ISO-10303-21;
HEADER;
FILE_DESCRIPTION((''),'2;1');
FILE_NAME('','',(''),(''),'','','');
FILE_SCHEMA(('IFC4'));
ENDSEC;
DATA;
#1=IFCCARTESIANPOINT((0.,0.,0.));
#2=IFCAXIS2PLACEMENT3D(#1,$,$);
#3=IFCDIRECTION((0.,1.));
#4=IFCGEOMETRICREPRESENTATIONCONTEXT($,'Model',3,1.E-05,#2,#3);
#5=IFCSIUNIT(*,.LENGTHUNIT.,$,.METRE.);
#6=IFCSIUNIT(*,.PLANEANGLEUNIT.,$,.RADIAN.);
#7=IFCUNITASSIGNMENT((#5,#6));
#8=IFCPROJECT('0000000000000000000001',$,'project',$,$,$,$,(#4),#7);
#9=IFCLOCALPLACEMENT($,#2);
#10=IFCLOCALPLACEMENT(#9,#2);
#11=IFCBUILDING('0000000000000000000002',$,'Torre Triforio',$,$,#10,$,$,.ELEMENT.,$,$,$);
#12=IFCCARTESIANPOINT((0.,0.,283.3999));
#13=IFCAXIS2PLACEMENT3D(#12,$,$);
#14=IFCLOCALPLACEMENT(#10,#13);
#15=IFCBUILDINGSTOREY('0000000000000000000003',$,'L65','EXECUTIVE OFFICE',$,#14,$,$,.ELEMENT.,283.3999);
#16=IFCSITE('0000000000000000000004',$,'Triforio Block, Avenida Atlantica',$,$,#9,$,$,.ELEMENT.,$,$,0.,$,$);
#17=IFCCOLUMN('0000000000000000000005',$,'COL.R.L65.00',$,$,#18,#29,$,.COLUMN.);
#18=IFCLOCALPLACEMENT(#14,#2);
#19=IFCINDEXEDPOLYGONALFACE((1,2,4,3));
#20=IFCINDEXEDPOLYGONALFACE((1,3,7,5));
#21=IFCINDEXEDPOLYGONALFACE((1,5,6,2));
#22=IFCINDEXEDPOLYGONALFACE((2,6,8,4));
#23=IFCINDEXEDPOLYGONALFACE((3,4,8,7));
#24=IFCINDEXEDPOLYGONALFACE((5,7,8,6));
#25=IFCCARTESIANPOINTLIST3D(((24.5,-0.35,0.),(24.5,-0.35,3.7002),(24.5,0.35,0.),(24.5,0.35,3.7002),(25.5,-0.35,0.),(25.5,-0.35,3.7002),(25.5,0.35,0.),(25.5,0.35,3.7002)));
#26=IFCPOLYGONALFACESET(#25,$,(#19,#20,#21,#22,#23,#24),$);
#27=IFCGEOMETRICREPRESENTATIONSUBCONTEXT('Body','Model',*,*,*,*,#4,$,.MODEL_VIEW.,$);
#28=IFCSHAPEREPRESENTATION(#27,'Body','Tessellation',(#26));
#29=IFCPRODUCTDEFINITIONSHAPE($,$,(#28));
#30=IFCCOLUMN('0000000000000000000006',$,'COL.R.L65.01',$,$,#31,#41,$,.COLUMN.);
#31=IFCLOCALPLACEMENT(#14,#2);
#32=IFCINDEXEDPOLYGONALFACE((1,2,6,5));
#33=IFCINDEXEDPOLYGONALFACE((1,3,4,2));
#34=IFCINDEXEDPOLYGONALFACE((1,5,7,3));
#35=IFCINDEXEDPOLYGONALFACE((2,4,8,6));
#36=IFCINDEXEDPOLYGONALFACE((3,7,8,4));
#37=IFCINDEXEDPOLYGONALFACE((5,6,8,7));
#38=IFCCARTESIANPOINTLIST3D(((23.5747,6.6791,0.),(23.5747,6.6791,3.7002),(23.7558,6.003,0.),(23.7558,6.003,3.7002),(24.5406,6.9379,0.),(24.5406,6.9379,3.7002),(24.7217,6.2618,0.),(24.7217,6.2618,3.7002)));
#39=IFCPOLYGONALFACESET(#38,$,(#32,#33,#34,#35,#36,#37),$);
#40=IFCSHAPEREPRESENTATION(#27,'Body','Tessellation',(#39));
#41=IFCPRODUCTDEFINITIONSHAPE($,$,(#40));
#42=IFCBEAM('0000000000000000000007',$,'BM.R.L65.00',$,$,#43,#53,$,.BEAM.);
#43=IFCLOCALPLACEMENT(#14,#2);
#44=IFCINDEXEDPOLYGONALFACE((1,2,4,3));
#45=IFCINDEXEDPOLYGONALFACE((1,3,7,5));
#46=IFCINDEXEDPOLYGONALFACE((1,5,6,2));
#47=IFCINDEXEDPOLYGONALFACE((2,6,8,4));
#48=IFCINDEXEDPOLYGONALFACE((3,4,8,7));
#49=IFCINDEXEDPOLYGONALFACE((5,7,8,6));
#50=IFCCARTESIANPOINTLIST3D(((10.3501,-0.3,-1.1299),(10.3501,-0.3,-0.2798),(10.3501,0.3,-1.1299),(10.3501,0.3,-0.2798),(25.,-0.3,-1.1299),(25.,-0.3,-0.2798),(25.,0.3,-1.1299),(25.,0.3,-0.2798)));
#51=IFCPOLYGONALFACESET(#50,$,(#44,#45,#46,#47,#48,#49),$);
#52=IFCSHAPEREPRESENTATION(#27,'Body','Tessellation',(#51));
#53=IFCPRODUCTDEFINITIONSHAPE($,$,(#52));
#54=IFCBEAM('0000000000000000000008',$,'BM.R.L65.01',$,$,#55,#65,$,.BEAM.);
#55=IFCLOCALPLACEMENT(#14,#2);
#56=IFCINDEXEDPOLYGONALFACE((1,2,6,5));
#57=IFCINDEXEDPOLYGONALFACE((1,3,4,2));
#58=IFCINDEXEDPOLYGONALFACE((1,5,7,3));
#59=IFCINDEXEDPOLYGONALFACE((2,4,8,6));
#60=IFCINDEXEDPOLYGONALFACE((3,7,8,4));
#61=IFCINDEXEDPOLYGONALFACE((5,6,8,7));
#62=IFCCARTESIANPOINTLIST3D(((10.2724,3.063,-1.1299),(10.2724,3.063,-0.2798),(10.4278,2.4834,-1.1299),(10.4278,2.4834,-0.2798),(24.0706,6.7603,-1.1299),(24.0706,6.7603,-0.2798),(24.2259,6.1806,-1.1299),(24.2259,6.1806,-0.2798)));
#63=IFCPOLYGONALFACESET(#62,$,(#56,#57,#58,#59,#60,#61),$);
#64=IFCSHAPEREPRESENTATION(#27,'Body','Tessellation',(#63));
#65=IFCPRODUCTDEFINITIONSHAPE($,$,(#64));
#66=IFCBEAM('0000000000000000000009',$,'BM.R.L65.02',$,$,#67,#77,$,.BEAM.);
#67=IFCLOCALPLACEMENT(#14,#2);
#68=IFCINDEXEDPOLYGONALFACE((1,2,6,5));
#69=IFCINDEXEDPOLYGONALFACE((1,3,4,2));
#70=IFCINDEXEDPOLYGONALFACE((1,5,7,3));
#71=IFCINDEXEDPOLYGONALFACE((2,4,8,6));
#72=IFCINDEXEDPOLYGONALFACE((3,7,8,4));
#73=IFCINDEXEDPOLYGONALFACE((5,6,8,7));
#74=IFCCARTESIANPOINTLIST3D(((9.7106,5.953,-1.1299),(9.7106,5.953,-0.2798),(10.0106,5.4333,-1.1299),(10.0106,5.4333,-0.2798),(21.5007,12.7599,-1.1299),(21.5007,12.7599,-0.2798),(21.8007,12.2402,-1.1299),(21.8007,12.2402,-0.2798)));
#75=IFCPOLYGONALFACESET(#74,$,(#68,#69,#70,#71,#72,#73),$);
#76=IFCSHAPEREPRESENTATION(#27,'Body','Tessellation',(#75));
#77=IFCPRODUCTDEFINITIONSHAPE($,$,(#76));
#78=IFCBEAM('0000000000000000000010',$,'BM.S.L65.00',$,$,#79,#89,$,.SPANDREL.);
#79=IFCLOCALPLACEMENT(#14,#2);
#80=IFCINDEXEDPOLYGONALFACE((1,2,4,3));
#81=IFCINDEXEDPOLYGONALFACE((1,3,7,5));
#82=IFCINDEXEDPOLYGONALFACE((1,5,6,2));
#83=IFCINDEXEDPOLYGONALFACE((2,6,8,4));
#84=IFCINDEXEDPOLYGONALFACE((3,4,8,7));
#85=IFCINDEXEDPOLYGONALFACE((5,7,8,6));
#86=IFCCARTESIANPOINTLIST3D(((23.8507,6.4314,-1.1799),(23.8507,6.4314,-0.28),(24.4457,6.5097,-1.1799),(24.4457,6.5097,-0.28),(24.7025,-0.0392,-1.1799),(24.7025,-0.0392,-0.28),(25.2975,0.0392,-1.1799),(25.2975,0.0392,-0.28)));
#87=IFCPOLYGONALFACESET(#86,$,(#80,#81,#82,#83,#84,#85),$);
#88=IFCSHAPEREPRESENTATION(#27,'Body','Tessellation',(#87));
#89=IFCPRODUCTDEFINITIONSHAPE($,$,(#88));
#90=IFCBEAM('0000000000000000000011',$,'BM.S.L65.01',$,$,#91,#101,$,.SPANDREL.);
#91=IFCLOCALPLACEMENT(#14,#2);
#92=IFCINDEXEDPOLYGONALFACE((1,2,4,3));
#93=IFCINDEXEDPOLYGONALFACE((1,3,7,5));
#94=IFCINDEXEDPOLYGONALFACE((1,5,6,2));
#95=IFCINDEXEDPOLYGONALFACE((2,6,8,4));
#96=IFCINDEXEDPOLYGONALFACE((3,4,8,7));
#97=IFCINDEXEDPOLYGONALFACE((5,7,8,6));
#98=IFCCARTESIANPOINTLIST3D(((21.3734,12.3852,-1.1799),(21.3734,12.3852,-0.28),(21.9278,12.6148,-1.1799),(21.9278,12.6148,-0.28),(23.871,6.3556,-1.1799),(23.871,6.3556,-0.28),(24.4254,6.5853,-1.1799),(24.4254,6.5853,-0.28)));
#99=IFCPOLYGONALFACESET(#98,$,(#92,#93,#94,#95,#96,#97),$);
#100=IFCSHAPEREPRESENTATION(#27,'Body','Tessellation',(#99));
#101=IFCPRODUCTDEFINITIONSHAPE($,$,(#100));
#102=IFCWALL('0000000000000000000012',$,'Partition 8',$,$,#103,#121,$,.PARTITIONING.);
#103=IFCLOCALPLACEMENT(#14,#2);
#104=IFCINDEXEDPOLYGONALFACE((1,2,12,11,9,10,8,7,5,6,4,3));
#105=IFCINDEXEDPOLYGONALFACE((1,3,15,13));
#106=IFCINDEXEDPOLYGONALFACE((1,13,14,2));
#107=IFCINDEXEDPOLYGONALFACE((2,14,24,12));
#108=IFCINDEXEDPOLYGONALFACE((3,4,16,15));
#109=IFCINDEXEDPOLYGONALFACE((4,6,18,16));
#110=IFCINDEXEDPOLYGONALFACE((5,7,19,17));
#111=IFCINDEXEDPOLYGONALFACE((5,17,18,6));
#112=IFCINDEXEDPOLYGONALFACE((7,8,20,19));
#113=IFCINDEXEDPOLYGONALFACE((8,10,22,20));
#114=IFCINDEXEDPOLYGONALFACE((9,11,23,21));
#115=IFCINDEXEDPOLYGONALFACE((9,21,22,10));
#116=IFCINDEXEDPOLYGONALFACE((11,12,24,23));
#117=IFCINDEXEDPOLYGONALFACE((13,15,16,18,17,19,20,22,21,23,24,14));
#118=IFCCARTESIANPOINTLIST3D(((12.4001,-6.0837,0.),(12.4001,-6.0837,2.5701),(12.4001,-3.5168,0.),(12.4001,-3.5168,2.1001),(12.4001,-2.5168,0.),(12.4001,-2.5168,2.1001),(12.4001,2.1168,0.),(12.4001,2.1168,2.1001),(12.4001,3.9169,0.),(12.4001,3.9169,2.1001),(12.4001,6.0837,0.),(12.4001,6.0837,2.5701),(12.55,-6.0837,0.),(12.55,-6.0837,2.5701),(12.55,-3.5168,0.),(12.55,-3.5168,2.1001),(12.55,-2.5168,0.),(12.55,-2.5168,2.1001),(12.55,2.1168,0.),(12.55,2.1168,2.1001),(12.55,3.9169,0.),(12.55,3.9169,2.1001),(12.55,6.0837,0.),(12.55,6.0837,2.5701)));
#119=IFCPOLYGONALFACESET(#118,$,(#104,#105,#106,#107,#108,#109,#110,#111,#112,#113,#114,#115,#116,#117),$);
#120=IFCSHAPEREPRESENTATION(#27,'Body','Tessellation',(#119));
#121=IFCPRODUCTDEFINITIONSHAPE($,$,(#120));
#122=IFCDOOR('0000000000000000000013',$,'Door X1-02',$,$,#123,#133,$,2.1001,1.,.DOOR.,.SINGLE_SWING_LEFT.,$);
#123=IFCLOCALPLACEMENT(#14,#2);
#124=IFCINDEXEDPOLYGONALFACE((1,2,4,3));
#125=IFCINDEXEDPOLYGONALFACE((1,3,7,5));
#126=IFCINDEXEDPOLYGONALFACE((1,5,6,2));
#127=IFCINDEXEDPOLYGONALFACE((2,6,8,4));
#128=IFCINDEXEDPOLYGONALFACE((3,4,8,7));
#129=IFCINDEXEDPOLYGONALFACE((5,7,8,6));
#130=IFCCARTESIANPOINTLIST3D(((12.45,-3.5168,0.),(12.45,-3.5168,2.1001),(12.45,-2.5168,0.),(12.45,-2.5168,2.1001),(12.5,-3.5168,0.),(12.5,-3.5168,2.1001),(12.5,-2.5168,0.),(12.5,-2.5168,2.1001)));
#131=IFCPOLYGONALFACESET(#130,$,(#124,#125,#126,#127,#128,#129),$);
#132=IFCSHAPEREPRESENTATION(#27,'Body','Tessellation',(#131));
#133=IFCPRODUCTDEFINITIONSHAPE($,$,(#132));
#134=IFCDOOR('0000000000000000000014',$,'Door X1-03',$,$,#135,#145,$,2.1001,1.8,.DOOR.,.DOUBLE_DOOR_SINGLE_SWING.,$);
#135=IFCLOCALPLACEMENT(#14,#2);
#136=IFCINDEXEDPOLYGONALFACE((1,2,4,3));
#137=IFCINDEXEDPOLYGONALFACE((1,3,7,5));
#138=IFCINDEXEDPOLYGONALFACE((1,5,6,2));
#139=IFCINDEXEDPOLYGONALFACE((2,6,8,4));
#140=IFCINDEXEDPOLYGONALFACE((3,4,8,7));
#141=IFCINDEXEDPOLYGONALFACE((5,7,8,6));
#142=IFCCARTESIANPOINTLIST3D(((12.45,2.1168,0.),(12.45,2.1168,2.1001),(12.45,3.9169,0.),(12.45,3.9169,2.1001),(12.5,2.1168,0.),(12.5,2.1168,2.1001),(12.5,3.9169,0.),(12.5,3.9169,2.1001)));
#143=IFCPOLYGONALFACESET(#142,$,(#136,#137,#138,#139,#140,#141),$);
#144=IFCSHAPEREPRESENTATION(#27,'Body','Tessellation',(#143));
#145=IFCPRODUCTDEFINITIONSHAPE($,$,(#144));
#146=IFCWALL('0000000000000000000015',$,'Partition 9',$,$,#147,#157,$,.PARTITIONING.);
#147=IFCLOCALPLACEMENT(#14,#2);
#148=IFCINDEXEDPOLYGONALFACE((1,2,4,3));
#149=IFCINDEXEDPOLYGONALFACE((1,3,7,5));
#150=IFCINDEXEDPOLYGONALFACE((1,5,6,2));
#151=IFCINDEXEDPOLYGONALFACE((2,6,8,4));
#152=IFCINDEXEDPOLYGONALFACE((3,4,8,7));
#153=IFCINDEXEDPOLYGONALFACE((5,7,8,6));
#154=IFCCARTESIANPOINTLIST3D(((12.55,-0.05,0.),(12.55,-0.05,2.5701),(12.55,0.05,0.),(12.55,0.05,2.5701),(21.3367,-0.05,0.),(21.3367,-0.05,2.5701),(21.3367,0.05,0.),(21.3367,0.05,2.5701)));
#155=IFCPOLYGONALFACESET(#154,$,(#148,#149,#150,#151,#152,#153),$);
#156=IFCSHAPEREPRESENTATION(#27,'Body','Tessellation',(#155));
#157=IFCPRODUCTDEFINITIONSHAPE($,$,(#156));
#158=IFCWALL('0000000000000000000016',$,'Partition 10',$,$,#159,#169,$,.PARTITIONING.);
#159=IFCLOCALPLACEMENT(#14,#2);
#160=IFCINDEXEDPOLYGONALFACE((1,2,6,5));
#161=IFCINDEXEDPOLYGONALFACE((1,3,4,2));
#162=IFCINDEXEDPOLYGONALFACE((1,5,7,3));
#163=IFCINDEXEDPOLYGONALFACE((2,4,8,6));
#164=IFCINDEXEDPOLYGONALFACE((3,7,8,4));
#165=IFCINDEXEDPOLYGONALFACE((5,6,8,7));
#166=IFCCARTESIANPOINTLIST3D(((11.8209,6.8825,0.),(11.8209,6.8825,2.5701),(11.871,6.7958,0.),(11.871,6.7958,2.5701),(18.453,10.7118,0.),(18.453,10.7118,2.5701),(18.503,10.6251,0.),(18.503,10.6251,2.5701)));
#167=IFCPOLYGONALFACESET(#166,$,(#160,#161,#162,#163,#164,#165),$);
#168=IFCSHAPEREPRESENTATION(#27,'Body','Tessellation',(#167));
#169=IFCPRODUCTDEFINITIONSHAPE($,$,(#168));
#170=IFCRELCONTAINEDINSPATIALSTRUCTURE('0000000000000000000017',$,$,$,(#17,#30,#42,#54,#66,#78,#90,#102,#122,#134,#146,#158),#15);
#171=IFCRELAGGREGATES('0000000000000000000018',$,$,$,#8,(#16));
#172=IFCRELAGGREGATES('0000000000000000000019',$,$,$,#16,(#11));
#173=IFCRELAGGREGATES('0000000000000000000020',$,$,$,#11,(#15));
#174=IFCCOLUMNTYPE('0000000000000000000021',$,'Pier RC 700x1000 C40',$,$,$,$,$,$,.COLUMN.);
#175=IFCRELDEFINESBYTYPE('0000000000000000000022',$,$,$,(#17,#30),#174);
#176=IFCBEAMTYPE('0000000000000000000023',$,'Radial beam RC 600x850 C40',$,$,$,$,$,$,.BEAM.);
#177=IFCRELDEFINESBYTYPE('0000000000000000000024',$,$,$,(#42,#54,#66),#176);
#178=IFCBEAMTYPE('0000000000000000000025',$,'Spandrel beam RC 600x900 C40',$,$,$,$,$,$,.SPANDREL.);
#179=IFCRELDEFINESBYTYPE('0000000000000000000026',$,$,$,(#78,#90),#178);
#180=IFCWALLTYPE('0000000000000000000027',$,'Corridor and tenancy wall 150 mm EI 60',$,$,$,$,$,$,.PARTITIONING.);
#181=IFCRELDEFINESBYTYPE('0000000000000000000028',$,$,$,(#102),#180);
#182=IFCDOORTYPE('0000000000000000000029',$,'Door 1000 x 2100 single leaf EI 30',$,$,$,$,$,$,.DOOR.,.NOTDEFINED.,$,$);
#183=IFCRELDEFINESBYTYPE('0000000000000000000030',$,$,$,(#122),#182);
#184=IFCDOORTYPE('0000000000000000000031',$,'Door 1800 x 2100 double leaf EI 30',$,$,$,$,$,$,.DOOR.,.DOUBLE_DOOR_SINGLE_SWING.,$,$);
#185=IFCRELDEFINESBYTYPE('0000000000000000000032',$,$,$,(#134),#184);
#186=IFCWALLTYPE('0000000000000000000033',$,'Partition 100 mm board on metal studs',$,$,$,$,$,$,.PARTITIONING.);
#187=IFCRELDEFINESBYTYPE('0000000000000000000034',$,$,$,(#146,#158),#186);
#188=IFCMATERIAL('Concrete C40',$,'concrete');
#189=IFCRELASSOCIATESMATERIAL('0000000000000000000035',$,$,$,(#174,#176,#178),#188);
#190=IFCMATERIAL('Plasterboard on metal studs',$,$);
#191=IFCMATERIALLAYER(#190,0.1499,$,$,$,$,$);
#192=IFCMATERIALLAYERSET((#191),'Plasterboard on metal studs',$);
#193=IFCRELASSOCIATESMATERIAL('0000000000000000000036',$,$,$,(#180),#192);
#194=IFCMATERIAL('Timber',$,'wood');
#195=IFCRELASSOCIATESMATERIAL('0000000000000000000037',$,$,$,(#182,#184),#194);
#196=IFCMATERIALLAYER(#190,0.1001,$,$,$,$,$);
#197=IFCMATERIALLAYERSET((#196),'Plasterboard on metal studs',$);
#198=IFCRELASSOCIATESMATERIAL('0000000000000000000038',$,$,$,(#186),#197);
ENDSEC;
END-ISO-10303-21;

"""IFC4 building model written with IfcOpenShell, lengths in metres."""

from ifc_helpers import new_model, si_unit, direction, frame, frame_2d, origin, origin_2d, place, context, subcontext, project, spatial, rectangle, extrude, material, layer, layer_set, material_profile, profile_set, type_object, element, fill, save


model = new_model("IFC4")

# Units and contexts
model_context = context("Model", 3, precision=1e-05, world=origin(), true_north=direction((0.0, 1.0)))
body_context = subcontext(model_context, "Body", "Model", "MODEL_VIEW")
ifc_project = project(units=[si_unit("LENGTHUNIT", "METRE"), si_unit("PLANEANGLEUNIT", "RADIAN")], contexts=[model_context])

# Site, building, storey
site_placement = place(None, origin())
site = spatial("IfcSite", under=ifc_project, at=site_placement, Name="Triforio Block, Avenida Atlantica", CompositionType="ELEMENT", RefElevation=0.0)
building_placement = place(site_placement, origin())
building = spatial("IfcBuilding", under=site, at=building_placement, Name="Torre Triforio", CompositionType="ELEMENT")
storey_placement = place(building_placement, frame((0.0, 0.0, 283.3999)))
storey = spatial("IfcBuildingStorey", under=building, at=storey_placement, Name="L65", Description="EXECUTIVE OFFICE", CompositionType="ELEMENT", Elevation=283.3999)

# Columns
ifc_material_1 = material(Name="Concrete C40", Category="concrete")
ifc_material_profile_1 = material_profile(ifc_material_1, rectangle(XDim=0.7, YDim=1.0, at=origin_2d()), Name="RC 700x1000")
ifc_profile_set_1 = profile_set([ifc_material_profile_1], Name="Concrete C40")
column_type = type_object("IfcColumnType", Name="Pier RC 700x1000 C40", PredefinedType="COLUMN", material=ifc_profile_set_1)
for number, where, z_axis, x_axis, name in (
    (1, (25.0, 0.0, 0.0), (0.0, 0.0, 1.0), (0.0, 1.0, 0.0), "COL.R.L65.00"),
    (2, (24.1482, 6.4705, 0.0), (0.0, 0.0, 1.0), (-0.258819, 0.965926, 0.0), "COL.R.L65.01"),
):
    element("IfcColumn", number, at=place(storey_placement, frame(where, z_axis=z_axis, x_axis=x_axis)), inside=storey, type_object=column_type, Name=name, PredefinedType="COLUMN", context=body_context, shape_type="SweptSolid", body=[
        extrude(rectangle(XDim=0.7, YDim=1.0, at=origin_2d()), origin(), (0.0, 0.0, 1.0), 3.7002),
    ])

# Beams
ifc_material_profile_2 = material_profile(ifc_material_1, rectangle(XDim=0.6001, YDim=0.8501, at=origin_2d()), Name="RC 600x850")
ifc_profile_set_2 = profile_set([ifc_material_profile_2], Name="Concrete C40")
beam_type_1 = type_object("IfcBeamType", Name="Radial beam RC 600x850 C40", PredefinedType="BEAM", material=ifc_profile_set_2)
beam_1_placement = place(storey_placement, frame((10.3501, 0.0, -0.7048), z_axis=(1.0, 0.0, 0.0), x_axis=(0.0, 1.0, 0.0)))
element("IfcBeam", 3, at=beam_1_placement, inside=storey, type_object=beam_type_1, Name="BM.R.L65.00", PredefinedType="BEAM", context=body_context, shape_type="SweptSolid", body=[
    extrude(rectangle(XDim=0.6001, YDim=0.8501, at=origin_2d()), origin(), (0.0, 0.0, 1.0), 14.6499),
])
beam_2_placement = place(storey_placement, frame((10.3501, 2.7732, -0.7048), z_axis=(0.965924, 0.258824, 0.0), x_axis=(-0.258824, 0.965924, 0.0)))
element("IfcBeam", 4, at=beam_2_placement, inside=storey, type_object=beam_type_1, Name="BM.R.L65.01", PredefinedType="BEAM", context=body_context, shape_type="SweptSolid", body=[
    extrude(rectangle(XDim=0.6001, YDim=0.8501, at=origin_2d()), origin(), (0.0, 0.0, 1.0), 14.2849),
])
beam_3_placement = place(storey_placement, frame((9.8606, 5.6931, -0.7048), z_axis=(0.866029, 0.499995, 0.0), x_axis=(-0.499995, 0.866029, 0.0)))
element("IfcBeam", 5, at=beam_3_placement, inside=storey, type_object=beam_type_1, Name="BM.R.L65.02", PredefinedType="BEAM", context=body_context, shape_type="SweptSolid", body=[
    extrude(rectangle(XDim=0.6001, YDim=0.8501, at=origin_2d()), origin(), (0.0, 0.0, 1.0), 13.614),
])
ifc_material_profile_3 = material_profile(ifc_material_1, rectangle(XDim=0.6001, YDim=0.8999, at=origin_2d()), Name="RC 600x900")
ifc_profile_set_3 = profile_set([ifc_material_profile_3], Name="Concrete C40")
beam_type_2 = type_object("IfcBeamType", Name="Spandrel beam RC 600x900 C40", PredefinedType="SPANDREL", material=ifc_profile_set_3)
for number, where, z_axis, x_axis, name in (
    (6, (25.0, 0.0, -0.73), (-0.130519, 0.991446, 0.0), (-0.991446, -0.130519, 0.0), "BM.S.L65.00"),
    (7, (24.1482, 6.4705, -0.73), (-0.382689, 0.923877, 0.0), (-0.923877, -0.382689, 0.0), "BM.S.L65.01"),
):
    element("IfcBeam", number, at=place(storey_placement, frame(where, z_axis=z_axis, x_axis=x_axis)), inside=storey, type_object=beam_type_2, Name=name, PredefinedType="SPANDREL", context=body_context, shape_type="SweptSolid", body=[
        extrude(rectangle(XDim=0.6001, YDim=0.8999, at=origin_2d()), origin(), (0.0, 0.0, 1.0), 6.5264),
    ])

# Wall, openings, doors
ifc_material_2 = material(Name="Plasterboard on metal studs")
ifc_layer_1 = layer(ifc_material_2, 0.1499)
ifc_layer_set_1 = layer_set([ifc_layer_1], Name="Plasterboard on metal studs")
wall_type_1 = type_object("IfcWallType", Name="Corridor and tenancy wall 150 mm EI 60", PredefinedType="PARTITIONING", material=ifc_layer_set_1)
wall_1_placement = place(storey_placement, frame((12.4751, 6.0837, 0.0), z_axis=(0.0, 0.0, 1.0), x_axis=(0.0, -1.0, 0.0)))
wall_1 = element("IfcWall", 8, at=wall_1_placement, inside=storey, type_object=wall_type_1, Name="Partition 8", PredefinedType="PARTITIONING", context=body_context, shape_type="SweptSolid", body=[
    extrude(rectangle(XDim=12.1675, YDim=0.1499, at=frame_2d((6.0837, 0.0))), origin(), (0.0, 0.0, 1.0), 2.5701),
])
opening_1_placement = place(wall_1_placement, frame((8.6006, 0.0, 0.0)))
opening_1 = element("IfcOpeningElement", 9, at=opening_1_placement, cuts=wall_1, PredefinedType="OPENING", context=body_context, shape_type="SweptSolid", body=[
    extrude(rectangle(XDim=1.0, YDim=2.1001, at=frame_2d((0.5, 1.05))), frame((0.0, 0.085, 0.0), z_axis=(0.0, -1.0, 0.0), x_axis=(1.0, 0.0, 0.0)), (0.0, 0.0, 1.0), 0.1699),
])
opening_2_placement = place(wall_1_placement, frame((2.167, 0.0, 0.0)))
opening_2 = element("IfcOpeningElement", 10, at=opening_2_placement, cuts=wall_1, PredefinedType="OPENING", context=body_context, shape_type="SweptSolid", body=[
    extrude(rectangle(XDim=1.8, YDim=2.1001, at=frame_2d((0.8999, 1.05))), frame((0.0, 0.085, 0.0), z_axis=(0.0, -1.0, 0.0), x_axis=(1.0, 0.0, 0.0)), (0.0, 0.0, 1.0), 0.1699),
])
ifc_material_3 = material(Name="Timber", Category="wood")
door_type_1 = type_object("IfcDoorType", Name="Door 1000 x 2100 single leaf EI 30", OperationType="NOTDEFINED", PredefinedType="DOOR", material=ifc_material_3)
door_1_placement = place(opening_1_placement, origin())
door_1 = element("IfcDoor", 11, at=door_1_placement, inside=storey, type_object=door_type_1, Name="Door X1-02", OperationType="SINGLE_SWING_LEFT", OverallHeight=2.1001, OverallWidth=1.0, PredefinedType="DOOR", context=body_context, shape_type="SweptSolid", body=[
    extrude(rectangle(XDim=1.0, YDim=2.1001, at=frame_2d((0.5, 1.05))), frame((0.0, 0.0249, 0.0), z_axis=(0.0, -1.0, 0.0), x_axis=(1.0, 0.0, 0.0)), (0.0, 0.0, 1.0), 0.05),
])
fill(opening_1, door_1)
door_type_2 = type_object("IfcDoorType", Name="Door 1800 x 2100 double leaf EI 30", OperationType="DOUBLE_DOOR_SINGLE_SWING", PredefinedType="DOOR", material=ifc_material_3)
door_2_placement = place(opening_2_placement, origin())
door_2 = element("IfcDoor", 12, at=door_2_placement, inside=storey, type_object=door_type_2, Name="Door X1-03", OperationType="DOUBLE_DOOR_SINGLE_SWING", OverallHeight=2.1001, OverallWidth=1.8, PredefinedType="DOOR", context=body_context, shape_type="SweptSolid", body=[
    extrude(rectangle(XDim=1.8, YDim=2.1001, at=frame_2d((0.8999, 1.05))), frame((0.0, 0.0249, 0.0), z_axis=(0.0, -1.0, 0.0), x_axis=(1.0, 0.0, 0.0)), (0.0, 0.0, 1.0), 0.05),
])
fill(opening_2, door_2)

# Walls
ifc_layer_2 = layer(ifc_material_2, 0.1001)
ifc_layer_set_2 = layer_set([ifc_layer_2], Name="Plasterboard on metal studs")
wall_type_2 = type_object("IfcWallType", Name="Partition 100 mm board on metal studs", PredefinedType="PARTITIONING", material=ifc_layer_set_2)
wall_2_placement = place(storey_placement, frame((12.55, 0.0, 0.0), z_axis=(0.0, 0.0, 1.0), x_axis=(1.0, 0.0, 0.0)))
element("IfcWall", 13, at=wall_2_placement, inside=storey, type_object=wall_type_2, Name="Partition 9", PredefinedType="PARTITIONING", context=body_context, shape_type="SweptSolid", body=[
    extrude(rectangle(XDim=8.7866, YDim=0.1001, at=frame_2d((4.3933, 0.0))), origin(), (0.0, 0.0, 1.0), 2.5701),
])
wall_3_placement = place(storey_placement, frame((11.8459, 6.8391, 0.0), z_axis=(0.0, 0.0, 1.0), x_axis=(0.866008, 0.500031, 0.0)))
element("IfcWall", 14, at=wall_3_placement, inside=storey, type_object=wall_type_2, Name="Partition 10", PredefinedType="PARTITIONING", context=body_context, shape_type="SweptSolid", body=[
    extrude(rectangle(XDim=7.6582, YDim=0.1001, at=frame_2d((3.8291, 0.0))), origin(), (0.0, 0.0, 1.0), 2.5701),
])

save(model, "model.ifc")
